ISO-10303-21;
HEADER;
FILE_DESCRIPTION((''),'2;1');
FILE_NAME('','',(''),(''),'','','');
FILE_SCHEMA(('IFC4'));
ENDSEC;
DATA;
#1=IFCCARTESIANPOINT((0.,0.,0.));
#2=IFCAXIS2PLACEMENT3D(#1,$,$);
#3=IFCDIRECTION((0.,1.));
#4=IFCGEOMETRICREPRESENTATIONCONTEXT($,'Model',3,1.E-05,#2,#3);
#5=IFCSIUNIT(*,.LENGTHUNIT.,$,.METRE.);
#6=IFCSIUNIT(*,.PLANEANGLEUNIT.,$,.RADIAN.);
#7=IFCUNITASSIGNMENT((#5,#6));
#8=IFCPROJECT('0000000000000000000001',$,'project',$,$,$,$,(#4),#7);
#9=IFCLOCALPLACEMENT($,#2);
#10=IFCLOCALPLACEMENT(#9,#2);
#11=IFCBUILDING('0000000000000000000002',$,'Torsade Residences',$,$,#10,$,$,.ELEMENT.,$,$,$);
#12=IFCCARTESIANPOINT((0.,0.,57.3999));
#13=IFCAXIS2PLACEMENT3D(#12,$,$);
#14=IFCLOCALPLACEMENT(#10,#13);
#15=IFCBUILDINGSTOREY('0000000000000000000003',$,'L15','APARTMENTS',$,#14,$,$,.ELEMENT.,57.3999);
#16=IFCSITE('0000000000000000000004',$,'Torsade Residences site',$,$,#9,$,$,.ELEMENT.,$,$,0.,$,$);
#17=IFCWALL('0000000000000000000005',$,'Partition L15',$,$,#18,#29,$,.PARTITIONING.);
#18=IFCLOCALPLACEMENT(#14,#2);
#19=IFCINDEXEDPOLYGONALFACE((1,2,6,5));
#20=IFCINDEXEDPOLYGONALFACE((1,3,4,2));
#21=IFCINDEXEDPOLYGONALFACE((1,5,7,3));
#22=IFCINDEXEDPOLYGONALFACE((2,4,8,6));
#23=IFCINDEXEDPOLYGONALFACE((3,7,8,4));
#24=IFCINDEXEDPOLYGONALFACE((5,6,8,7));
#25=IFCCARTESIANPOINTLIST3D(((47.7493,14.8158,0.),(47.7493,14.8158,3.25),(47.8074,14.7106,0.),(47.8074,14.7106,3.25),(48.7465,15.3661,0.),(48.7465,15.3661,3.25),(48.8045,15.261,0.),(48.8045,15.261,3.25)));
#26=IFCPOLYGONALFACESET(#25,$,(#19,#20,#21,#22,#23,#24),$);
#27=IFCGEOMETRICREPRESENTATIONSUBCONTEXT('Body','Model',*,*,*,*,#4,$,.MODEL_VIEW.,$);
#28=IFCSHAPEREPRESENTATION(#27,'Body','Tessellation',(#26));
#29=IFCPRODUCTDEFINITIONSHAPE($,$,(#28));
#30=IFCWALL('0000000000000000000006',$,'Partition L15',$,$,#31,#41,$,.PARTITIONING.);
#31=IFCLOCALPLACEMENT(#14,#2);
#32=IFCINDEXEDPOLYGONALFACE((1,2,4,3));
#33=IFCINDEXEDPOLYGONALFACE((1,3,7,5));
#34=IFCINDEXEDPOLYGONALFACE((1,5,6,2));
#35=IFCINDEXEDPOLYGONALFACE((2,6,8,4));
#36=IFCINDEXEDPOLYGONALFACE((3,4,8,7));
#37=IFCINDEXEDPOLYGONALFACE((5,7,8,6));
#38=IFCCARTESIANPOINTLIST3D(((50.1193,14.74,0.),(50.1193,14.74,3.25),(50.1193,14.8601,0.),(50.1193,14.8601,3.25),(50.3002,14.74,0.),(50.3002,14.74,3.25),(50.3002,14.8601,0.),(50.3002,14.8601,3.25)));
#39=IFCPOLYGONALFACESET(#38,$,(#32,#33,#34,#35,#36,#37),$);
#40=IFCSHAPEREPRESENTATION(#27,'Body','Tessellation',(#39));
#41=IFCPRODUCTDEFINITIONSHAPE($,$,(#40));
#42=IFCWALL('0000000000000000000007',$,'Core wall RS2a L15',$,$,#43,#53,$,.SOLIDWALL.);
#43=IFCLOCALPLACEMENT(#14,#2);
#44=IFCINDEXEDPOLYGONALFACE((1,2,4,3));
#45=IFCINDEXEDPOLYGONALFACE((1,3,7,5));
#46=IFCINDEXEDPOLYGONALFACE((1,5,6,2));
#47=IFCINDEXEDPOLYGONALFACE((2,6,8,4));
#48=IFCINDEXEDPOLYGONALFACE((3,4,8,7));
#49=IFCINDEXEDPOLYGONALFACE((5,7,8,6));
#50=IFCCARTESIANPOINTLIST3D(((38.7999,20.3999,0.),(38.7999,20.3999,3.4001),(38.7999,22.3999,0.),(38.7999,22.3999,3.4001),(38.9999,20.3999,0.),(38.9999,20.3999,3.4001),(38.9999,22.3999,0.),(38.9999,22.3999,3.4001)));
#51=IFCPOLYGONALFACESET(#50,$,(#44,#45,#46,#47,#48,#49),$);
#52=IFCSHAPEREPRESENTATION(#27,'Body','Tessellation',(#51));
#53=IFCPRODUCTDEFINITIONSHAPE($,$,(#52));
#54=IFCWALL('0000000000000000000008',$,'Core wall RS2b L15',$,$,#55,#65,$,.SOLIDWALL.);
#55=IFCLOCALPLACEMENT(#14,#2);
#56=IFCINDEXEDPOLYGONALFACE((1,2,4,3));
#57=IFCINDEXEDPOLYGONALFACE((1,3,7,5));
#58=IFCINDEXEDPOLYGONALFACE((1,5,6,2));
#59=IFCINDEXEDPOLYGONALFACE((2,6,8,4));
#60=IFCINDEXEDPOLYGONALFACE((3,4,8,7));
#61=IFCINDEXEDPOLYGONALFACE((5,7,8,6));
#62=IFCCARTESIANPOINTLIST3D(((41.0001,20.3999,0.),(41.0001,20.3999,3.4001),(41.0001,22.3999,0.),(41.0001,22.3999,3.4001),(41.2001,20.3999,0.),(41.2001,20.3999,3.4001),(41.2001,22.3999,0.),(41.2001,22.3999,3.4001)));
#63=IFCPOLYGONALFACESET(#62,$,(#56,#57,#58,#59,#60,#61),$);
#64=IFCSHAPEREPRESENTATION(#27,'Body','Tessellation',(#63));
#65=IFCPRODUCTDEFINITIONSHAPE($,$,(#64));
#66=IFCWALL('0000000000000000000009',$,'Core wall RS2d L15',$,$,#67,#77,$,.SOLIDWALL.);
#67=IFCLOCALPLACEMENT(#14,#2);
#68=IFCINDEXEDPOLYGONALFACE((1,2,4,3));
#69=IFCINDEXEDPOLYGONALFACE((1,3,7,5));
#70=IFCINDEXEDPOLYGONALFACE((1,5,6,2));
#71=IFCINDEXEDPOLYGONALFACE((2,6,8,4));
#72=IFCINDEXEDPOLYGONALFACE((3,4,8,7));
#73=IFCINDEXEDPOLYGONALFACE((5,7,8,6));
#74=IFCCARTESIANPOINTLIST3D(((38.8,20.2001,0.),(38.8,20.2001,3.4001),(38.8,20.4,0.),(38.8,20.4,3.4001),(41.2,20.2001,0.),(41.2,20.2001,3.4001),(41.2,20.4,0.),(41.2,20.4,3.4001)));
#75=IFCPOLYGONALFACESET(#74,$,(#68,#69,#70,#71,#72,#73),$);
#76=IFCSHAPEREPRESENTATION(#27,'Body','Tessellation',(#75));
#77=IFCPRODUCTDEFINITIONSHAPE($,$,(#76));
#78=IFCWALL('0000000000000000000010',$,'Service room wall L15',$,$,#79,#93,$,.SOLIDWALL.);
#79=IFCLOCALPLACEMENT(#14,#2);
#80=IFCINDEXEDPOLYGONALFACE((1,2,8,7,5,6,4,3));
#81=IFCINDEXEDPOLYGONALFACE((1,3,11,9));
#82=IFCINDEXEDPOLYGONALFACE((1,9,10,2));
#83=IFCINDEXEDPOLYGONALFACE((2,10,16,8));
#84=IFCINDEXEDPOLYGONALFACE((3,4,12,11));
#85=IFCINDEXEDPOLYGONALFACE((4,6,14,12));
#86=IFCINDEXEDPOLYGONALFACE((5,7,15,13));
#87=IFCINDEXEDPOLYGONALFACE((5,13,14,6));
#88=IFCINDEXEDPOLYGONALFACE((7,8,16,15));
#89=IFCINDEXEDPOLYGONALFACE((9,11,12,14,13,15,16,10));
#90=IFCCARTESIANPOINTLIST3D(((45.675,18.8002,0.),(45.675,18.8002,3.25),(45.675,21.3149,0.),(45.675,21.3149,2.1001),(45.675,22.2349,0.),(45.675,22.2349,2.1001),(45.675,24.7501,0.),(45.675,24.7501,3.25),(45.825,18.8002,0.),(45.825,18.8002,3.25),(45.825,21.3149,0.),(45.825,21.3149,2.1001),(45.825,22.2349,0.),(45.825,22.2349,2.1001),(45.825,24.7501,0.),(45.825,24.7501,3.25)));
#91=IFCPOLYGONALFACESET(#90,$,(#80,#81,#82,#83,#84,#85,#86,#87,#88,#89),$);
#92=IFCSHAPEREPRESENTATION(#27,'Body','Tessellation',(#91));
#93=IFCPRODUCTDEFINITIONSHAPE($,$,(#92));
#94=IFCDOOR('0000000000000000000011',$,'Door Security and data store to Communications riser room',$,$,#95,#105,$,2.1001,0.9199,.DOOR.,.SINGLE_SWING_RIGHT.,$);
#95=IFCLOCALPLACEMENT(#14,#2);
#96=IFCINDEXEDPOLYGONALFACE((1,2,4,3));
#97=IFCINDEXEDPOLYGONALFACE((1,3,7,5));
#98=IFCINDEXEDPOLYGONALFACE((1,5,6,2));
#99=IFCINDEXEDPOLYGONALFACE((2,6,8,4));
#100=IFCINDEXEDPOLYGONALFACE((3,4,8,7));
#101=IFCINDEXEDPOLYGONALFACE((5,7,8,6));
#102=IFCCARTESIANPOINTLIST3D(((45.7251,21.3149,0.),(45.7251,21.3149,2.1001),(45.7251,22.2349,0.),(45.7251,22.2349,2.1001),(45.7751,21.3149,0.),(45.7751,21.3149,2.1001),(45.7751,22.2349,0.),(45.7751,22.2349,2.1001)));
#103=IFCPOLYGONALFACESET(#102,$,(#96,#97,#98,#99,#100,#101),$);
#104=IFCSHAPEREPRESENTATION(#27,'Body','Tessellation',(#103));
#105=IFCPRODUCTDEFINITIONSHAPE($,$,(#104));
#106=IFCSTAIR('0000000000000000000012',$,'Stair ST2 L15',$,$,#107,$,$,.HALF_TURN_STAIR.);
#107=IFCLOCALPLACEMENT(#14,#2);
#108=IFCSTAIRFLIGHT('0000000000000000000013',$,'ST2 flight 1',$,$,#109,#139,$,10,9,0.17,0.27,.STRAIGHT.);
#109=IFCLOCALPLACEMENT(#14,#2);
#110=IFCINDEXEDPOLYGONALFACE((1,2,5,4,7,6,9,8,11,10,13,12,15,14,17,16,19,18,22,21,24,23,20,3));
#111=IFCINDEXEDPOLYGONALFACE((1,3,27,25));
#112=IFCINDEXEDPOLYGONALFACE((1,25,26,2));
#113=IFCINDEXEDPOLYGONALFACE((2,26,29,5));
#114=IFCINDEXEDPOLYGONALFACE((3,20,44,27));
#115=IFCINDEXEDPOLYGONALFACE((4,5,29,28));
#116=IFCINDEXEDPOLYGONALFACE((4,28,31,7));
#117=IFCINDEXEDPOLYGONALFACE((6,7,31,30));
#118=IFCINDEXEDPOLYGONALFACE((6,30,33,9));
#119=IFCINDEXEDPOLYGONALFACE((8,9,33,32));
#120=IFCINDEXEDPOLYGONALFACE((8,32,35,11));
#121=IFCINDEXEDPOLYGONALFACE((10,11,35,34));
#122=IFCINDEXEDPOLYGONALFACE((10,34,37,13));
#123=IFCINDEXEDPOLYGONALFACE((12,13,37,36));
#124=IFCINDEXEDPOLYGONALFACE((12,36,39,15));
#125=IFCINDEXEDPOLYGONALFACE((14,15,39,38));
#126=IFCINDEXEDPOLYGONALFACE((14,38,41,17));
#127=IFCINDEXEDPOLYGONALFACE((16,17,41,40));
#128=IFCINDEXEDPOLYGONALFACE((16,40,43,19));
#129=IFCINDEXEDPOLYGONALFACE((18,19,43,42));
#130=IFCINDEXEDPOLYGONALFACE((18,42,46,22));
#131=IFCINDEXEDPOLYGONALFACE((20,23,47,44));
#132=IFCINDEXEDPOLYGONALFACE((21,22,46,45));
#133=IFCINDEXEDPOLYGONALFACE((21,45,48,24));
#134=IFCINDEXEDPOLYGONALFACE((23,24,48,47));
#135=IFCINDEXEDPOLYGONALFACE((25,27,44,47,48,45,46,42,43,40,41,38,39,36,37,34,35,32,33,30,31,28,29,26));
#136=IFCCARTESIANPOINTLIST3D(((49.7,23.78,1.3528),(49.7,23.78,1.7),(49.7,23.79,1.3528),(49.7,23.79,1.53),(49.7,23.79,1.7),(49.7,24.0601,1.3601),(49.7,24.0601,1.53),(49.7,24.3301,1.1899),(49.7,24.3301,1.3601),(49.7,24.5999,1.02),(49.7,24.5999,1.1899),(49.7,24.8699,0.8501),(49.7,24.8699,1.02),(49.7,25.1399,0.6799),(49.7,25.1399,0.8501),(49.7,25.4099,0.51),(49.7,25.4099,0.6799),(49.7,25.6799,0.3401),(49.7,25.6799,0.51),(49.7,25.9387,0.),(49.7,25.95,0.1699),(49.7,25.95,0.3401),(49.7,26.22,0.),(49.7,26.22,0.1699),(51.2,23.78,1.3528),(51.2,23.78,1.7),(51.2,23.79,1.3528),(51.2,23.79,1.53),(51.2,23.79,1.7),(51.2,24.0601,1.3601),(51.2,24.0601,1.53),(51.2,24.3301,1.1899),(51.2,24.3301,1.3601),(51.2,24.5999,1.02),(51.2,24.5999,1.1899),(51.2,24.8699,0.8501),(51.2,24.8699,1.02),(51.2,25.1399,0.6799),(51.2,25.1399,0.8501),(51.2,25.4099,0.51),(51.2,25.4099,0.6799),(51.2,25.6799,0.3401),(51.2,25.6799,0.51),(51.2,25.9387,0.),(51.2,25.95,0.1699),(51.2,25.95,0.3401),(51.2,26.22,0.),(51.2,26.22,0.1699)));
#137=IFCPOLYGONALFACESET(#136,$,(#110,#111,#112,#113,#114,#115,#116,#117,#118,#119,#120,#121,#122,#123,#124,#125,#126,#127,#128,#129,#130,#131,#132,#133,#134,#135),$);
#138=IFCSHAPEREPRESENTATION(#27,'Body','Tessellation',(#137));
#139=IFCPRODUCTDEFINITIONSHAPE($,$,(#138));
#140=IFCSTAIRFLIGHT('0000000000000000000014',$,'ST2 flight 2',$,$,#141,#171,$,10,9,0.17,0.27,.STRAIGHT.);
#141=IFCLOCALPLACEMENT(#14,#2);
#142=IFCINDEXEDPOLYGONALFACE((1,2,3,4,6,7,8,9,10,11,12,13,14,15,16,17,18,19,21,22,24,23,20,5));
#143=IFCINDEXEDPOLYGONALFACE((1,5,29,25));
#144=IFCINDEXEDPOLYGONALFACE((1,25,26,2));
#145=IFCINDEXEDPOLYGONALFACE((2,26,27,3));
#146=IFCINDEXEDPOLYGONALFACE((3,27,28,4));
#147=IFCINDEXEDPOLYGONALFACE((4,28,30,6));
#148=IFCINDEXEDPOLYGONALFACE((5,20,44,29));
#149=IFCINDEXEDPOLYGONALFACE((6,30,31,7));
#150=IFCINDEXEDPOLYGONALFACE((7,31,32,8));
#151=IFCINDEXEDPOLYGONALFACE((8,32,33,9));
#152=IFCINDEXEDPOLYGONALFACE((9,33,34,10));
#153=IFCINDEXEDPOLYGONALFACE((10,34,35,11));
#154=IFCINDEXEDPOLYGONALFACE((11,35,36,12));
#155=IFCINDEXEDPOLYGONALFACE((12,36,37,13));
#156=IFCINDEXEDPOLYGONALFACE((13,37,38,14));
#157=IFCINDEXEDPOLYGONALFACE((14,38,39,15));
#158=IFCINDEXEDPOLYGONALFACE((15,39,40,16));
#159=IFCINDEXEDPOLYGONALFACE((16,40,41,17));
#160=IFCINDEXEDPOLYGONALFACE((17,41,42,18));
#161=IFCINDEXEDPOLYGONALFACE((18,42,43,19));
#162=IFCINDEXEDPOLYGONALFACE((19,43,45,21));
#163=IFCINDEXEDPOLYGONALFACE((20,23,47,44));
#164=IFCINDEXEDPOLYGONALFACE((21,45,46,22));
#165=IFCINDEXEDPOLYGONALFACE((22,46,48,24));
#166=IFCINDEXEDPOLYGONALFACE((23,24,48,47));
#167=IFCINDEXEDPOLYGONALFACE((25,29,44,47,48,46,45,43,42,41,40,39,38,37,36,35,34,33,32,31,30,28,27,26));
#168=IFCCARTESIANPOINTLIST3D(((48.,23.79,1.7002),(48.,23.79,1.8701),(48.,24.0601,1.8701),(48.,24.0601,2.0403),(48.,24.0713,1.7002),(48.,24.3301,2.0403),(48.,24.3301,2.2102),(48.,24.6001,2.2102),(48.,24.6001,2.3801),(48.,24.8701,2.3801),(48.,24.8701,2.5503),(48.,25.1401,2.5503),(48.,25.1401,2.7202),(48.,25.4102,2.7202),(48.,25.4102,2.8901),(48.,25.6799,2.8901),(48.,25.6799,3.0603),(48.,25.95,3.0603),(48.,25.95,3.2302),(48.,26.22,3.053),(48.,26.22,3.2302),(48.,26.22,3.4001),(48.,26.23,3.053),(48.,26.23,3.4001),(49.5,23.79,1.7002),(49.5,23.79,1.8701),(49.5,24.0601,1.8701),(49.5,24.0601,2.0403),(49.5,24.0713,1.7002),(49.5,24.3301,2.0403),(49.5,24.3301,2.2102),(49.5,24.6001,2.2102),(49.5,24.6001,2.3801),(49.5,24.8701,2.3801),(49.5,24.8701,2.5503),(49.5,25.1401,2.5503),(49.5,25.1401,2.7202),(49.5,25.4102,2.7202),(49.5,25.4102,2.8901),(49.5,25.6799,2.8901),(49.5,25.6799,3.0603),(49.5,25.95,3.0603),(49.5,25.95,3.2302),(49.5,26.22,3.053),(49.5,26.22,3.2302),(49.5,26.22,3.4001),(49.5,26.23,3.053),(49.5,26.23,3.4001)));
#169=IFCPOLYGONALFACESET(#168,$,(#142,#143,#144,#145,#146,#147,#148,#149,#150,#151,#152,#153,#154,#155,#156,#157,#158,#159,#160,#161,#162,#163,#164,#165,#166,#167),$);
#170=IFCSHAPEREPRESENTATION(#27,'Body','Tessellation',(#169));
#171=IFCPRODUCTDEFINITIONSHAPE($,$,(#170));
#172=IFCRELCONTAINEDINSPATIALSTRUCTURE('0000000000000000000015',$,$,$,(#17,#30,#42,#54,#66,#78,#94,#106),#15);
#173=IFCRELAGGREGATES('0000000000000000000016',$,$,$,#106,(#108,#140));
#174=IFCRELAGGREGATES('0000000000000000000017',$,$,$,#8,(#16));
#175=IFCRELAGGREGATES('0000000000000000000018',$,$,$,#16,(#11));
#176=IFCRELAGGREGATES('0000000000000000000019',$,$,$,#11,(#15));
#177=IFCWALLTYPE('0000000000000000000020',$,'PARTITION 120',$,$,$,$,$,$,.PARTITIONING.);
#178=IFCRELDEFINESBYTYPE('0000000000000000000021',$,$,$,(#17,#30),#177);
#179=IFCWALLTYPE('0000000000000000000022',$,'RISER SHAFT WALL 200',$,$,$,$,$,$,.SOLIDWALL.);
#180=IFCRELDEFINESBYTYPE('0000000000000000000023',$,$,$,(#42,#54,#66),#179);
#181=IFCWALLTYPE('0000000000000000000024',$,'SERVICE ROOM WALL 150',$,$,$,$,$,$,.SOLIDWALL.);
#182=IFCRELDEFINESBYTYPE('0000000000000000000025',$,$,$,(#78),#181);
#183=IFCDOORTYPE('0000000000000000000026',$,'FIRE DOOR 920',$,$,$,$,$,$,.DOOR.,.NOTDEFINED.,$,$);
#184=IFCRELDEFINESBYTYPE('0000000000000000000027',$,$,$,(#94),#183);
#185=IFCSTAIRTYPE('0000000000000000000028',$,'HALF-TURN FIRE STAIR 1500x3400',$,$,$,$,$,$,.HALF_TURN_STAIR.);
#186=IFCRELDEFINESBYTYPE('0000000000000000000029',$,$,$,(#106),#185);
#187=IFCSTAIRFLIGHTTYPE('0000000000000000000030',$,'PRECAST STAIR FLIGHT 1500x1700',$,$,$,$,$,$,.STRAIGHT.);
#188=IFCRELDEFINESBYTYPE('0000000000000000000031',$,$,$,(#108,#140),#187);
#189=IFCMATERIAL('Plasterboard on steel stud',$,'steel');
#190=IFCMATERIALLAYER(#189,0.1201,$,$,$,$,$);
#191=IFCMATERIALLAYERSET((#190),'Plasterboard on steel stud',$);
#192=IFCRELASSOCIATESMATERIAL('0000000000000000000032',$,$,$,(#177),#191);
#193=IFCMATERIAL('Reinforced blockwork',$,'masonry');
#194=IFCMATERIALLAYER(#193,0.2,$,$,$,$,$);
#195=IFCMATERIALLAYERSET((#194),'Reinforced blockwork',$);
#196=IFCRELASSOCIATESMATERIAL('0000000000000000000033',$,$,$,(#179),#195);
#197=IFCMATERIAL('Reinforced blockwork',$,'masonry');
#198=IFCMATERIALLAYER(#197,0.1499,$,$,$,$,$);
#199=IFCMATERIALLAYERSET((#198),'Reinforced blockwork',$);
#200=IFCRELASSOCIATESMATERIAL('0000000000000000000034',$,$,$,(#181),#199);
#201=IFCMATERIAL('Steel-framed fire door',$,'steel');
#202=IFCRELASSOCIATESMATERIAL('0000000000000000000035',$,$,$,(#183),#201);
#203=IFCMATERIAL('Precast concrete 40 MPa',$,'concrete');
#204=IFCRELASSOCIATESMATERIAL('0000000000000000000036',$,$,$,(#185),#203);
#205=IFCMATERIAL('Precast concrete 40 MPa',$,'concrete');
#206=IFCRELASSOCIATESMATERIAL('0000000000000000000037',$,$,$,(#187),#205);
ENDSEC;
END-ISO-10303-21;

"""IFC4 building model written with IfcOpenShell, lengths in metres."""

from ifc_helpers import new_model, si_unit, direction, frame, frame_2d, origin, place, context, subcontext, project, spatial, polyline, rectangle, outline, extrude, material, layer, layer_set, type_object, element, fill, aggregate, save


model = new_model("IFC4")

# Units and contexts
model_context = context("Model", 3, precision=1e-05, world=origin(), true_north=direction((0.0, 1.0)))
body_context = subcontext(model_context, "Body", "Model", "MODEL_VIEW")
ifc_project = project(units=[si_unit("LENGTHUNIT", "METRE"), si_unit("PLANEANGLEUNIT", "RADIAN")], contexts=[model_context])

# Site, building, storey
site_placement = place(None, origin())
site = spatial("IfcSite", under=ifc_project, at=site_placement, Name="Torsade Residences site", CompositionType="ELEMENT", RefElevation=0.0)
building_placement = place(site_placement, origin())
building = spatial("IfcBuilding", under=site, at=building_placement, Name="Torsade Residences", CompositionType="ELEMENT")
storey_placement = place(building_placement, frame((0.0, 0.0, 57.3999)))
storey = spatial("IfcBuildingStorey", under=building, at=storey_placement, Name="L15", Description="APARTMENTS", CompositionType="ELEMENT", Elevation=57.3999)

# Walls
ifc_material_1 = material(Name="Plasterboard on steel stud", Category="steel")
ifc_layer_1 = layer(ifc_material_1, 0.1201)
ifc_layer_set_1 = layer_set([ifc_layer_1], Name="Plasterboard on steel stud")
wall_type_1 = type_object("IfcWallType", Name="PARTITION 120", PredefinedType="PARTITIONING", material=ifc_layer_set_1)
wall_1_placement = place(storey_placement, frame((48.7754, 15.3135, 0.0), z_axis=(0.0, 0.0, 1.0), x_axis=(-0.875509, -0.483202, 0.0)))
element("IfcWall", 1, at=wall_1_placement, inside=storey, type_object=wall_type_1, Name="Partition L15", PredefinedType="PARTITIONING", context=body_context, shape_type="SweptSolid", body=[
    extrude(rectangle(XDim=1.1389, YDim=0.1201, at=frame_2d((0.5693, 0.0))), origin(), (0.0, 0.0, 1.0), 3.25),
])
wall_2_placement = place(storey_placement, frame((50.3, 14.8, 0.0), z_axis=(0.0, 0.0, 1.0), x_axis=(-1.0, 0.0, 0.0)))
element("IfcWall", 2, at=wall_2_placement, inside=storey, type_object=wall_type_1, Name="Partition L15", PredefinedType="PARTITIONING", context=body_context, shape_type="SweptSolid", body=[
    extrude(rectangle(XDim=0.1809, YDim=0.1201, at=frame_2d((0.0903, 0.0))), origin(), (0.0, 0.0, 1.0), 3.25),
])
ifc_material_2 = material(Name="Reinforced blockwork", Category="masonry")
ifc_layer_2 = layer(ifc_material_2, 0.2)
ifc_layer_set_2 = layer_set([ifc_layer_2], Name="Reinforced blockwork")
wall_type_2 = type_object("IfcWallType", Name="RISER SHAFT WALL 200", PredefinedType="SOLIDWALL", material=ifc_layer_set_2)
for number, where, z_axis, x_axis, name in (
    (3, (38.8999, 22.3999, 0.0), (0.0, 0.0, 1.0), (0.0, -1.0, 0.0), "Core wall RS2a L15"),
    (4, (41.1001, 22.3999, 0.0), (0.0, 0.0, 1.0), (0.0, -1.0, 0.0), "Core wall RS2b L15"),
):
    element("IfcWall", number, at=place(storey_placement, frame(where, z_axis=z_axis, x_axis=x_axis)), inside=storey, type_object=wall_type_2, Name=name, PredefinedType="SOLIDWALL", context=body_context, shape_type="SweptSolid", body=[
        extrude(rectangle(XDim=2.0, YDim=0.2, at=frame_2d((1.0, 0.0))), origin(), (0.0, 0.0, 1.0), 3.4001),
    ])
wall_3_placement = place(storey_placement, frame((38.8, 20.3, 0.0), z_axis=(0.0, 0.0, 1.0), x_axis=(1.0, 0.0, 0.0)))
element("IfcWall", 5, at=wall_3_placement, inside=storey, type_object=wall_type_2, Name="Core wall RS2d L15", PredefinedType="SOLIDWALL", context=body_context, shape_type="SweptSolid", body=[
    extrude(rectangle(XDim=2.3999, YDim=0.2, at=frame_2d((1.2, 0.0))), origin(), (0.0, 0.0, 1.0), 3.4001),
])

# Wall, opening, door
ifc_material_3 = material(Name="Reinforced blockwork", Category="masonry")
ifc_layer_3 = layer(ifc_material_3, 0.1499)
ifc_layer_set_3 = layer_set([ifc_layer_3], Name="Reinforced blockwork")
wall_type_3 = type_object("IfcWallType", Name="SERVICE ROOM WALL 150", PredefinedType="SOLIDWALL", material=ifc_layer_set_3)
wall_4_placement = place(storey_placement, frame((45.75, 18.8, 0.0), z_axis=(0.0, 0.0, 1.0), x_axis=(0.0, 1.0, 0.0)))
wall_4 = element("IfcWall", 6, at=wall_4_placement, inside=storey, type_object=wall_type_3, Name="Service room wall L15", PredefinedType="SOLIDWALL", context=body_context, shape_type="SweptSolid", body=[
    extrude(rectangle(XDim=5.95, YDim=0.1499, at=frame_2d((2.9751, 0.0))), origin(), (0.0, 0.0, 1.0), 3.25),
])
opening_1_placement = place(wall_4_placement, frame((2.5149, 0.0, 0.0)))
opening_1 = element("IfcOpeningElement", 7, at=opening_1_placement, cuts=wall_4, PredefinedType="OPENING", context=body_context, shape_type="SweptSolid", body=[
    extrude(rectangle(XDim=0.9199, YDim=2.1001, at=frame_2d((0.46, 1.05))), frame((0.0, 0.085, 0.0), z_axis=(0.0, -1.0, 0.0), x_axis=(1.0, 0.0, 0.0)), (0.0, 0.0, 1.0), 0.1699),
])
ifc_material_4 = material(Name="Steel-framed fire door", Category="steel")
door_type_1 = type_object("IfcDoorType", Name="FIRE DOOR 920", OperationType="NOTDEFINED", PredefinedType="DOOR", material=ifc_material_4)
door_1_placement = place(opening_1_placement, origin())
door_1 = element("IfcDoor", 8, at=door_1_placement, inside=storey, type_object=door_type_1, Name="Door Security and data store to Communications riser room", OperationType="SINGLE_SWING_RIGHT", OverallHeight=2.1001, OverallWidth=0.9199, PredefinedType="DOOR", context=body_context, shape_type="SweptSolid", body=[
    extrude(rectangle(XDim=0.9199, YDim=2.1001, at=frame_2d((0.46, 1.05))), frame((0.0, 0.0249, 0.0), z_axis=(0.0, -1.0, 0.0), x_axis=(1.0, 0.0, 0.0)), (0.0, 0.0, 1.0), 0.05),
])
fill(opening_1, door_1)

# Stair, stair flights
ifc_material_5 = material(Name="Precast concrete 40 MPa", Category="concrete")
stair_type = type_object("IfcStairType", Name="HALF-TURN FIRE STAIR 1500x3400", PredefinedType="HALF_TURN_STAIR", material=ifc_material_5)
stair_placement = place(storey_placement, origin())
stair = element("IfcStair", 9, at=stair_placement, inside=storey, type_object=stair_type, Name="Stair ST2 L15", PredefinedType="HALF_TURN_STAIR")
ifc_material_6 = material(Name="Precast concrete 40 MPa", Category="concrete")
stair_flight_type = type_object("IfcStairFlightType", Name="PRECAST STAIR FLIGHT 1500x1700", PredefinedType="STRAIGHT", material=ifc_material_6)
stair_flight_1_placement = place(storey_placement, frame((50.45, 26.22, 0.0), z_axis=(0.0, 0.0, 1.0), x_axis=(0.0, -1.0, 0.0)))
stair_flight_1 = element("IfcStairFlight", 10, at=stair_flight_1_placement, type_object=stair_flight_type, Name="ST2 flight 1", NumberOfRisers=10, NumberOfTreads=9, PredefinedType="STRAIGHT", RiserHeight=0.17, TreadLength=0.27, context=body_context, shape_type="SweptSolid", body=[
    extrude(outline(polyline([(0.0, 0.0), (0.0, 0.1699), (0.27, 0.1699), (0.27, 0.3401), (0.54, 0.3401), (0.54, 0.51), (0.8101, 0.51), (0.8101, 0.6799), (1.0801, 0.6799), (1.0801, 0.8501), (1.3501, 0.8501), (1.3501, 1.02), (1.6201, 1.02), (1.6201, 1.1899), (1.8899, 1.1899), (1.8899, 1.3601), (2.1599, 1.3601), (2.1599, 1.53), (2.4299, 1.53), (2.4299, 1.7), (2.4399, 1.7), (2.4399, 1.3528), (2.4299, 1.3528), (0.2812, 0.0), (0.0, 0.0)])), frame((0.0, 0.75, 0.0), z_axis=(0.0, -1.0, 0.0), x_axis=(1.0, 0.0, 0.0)), (0.0, 0.0, 1.0), 1.5),
])
stair_flight_2_placement = place(storey_placement, frame((48.75, 23.79, 1.7002), z_axis=(0.0, 0.0, 1.0), x_axis=(0.0, 1.0, 0.0)))
stair_flight_2 = element("IfcStairFlight", 11, at=stair_flight_2_placement, type_object=stair_flight_type, Name="ST2 flight 2", NumberOfRisers=10, NumberOfTreads=9, PredefinedType="STRAIGHT", RiserHeight=0.17, TreadLength=0.27, context=body_context, shape_type="SweptSolid", body=[
    extrude(outline(polyline([(0.0, 0.0), (0.0, 0.1699), (0.27, 0.1699), (0.27, 0.3401), (0.54, 0.3401), (0.54, 0.51), (0.8101, 0.51), (0.8101, 0.6799), (1.0801, 0.6799), (1.0801, 0.8501), (1.3501, 0.8501), (1.3501, 1.02), (1.6201, 1.02), (1.6201, 1.1899), (1.8899, 1.1899), (1.8899, 1.3601), (2.1599, 1.3601), (2.1599, 1.53), (2.4299, 1.53), (2.4299, 1.7), (2.4399, 1.7), (2.4399, 1.3528), (2.4299, 1.3528), (0.2812, 0.0), (0.0, 0.0)])), frame((0.0, 0.75, 0.0), z_axis=(0.0, -1.0, 0.0), x_axis=(1.0, 0.0, 0.0)), (0.0, 0.0, 1.0), 1.5),
])
aggregate(stair, [stair_flight_1, stair_flight_2])

save(model, "model.ifc")
